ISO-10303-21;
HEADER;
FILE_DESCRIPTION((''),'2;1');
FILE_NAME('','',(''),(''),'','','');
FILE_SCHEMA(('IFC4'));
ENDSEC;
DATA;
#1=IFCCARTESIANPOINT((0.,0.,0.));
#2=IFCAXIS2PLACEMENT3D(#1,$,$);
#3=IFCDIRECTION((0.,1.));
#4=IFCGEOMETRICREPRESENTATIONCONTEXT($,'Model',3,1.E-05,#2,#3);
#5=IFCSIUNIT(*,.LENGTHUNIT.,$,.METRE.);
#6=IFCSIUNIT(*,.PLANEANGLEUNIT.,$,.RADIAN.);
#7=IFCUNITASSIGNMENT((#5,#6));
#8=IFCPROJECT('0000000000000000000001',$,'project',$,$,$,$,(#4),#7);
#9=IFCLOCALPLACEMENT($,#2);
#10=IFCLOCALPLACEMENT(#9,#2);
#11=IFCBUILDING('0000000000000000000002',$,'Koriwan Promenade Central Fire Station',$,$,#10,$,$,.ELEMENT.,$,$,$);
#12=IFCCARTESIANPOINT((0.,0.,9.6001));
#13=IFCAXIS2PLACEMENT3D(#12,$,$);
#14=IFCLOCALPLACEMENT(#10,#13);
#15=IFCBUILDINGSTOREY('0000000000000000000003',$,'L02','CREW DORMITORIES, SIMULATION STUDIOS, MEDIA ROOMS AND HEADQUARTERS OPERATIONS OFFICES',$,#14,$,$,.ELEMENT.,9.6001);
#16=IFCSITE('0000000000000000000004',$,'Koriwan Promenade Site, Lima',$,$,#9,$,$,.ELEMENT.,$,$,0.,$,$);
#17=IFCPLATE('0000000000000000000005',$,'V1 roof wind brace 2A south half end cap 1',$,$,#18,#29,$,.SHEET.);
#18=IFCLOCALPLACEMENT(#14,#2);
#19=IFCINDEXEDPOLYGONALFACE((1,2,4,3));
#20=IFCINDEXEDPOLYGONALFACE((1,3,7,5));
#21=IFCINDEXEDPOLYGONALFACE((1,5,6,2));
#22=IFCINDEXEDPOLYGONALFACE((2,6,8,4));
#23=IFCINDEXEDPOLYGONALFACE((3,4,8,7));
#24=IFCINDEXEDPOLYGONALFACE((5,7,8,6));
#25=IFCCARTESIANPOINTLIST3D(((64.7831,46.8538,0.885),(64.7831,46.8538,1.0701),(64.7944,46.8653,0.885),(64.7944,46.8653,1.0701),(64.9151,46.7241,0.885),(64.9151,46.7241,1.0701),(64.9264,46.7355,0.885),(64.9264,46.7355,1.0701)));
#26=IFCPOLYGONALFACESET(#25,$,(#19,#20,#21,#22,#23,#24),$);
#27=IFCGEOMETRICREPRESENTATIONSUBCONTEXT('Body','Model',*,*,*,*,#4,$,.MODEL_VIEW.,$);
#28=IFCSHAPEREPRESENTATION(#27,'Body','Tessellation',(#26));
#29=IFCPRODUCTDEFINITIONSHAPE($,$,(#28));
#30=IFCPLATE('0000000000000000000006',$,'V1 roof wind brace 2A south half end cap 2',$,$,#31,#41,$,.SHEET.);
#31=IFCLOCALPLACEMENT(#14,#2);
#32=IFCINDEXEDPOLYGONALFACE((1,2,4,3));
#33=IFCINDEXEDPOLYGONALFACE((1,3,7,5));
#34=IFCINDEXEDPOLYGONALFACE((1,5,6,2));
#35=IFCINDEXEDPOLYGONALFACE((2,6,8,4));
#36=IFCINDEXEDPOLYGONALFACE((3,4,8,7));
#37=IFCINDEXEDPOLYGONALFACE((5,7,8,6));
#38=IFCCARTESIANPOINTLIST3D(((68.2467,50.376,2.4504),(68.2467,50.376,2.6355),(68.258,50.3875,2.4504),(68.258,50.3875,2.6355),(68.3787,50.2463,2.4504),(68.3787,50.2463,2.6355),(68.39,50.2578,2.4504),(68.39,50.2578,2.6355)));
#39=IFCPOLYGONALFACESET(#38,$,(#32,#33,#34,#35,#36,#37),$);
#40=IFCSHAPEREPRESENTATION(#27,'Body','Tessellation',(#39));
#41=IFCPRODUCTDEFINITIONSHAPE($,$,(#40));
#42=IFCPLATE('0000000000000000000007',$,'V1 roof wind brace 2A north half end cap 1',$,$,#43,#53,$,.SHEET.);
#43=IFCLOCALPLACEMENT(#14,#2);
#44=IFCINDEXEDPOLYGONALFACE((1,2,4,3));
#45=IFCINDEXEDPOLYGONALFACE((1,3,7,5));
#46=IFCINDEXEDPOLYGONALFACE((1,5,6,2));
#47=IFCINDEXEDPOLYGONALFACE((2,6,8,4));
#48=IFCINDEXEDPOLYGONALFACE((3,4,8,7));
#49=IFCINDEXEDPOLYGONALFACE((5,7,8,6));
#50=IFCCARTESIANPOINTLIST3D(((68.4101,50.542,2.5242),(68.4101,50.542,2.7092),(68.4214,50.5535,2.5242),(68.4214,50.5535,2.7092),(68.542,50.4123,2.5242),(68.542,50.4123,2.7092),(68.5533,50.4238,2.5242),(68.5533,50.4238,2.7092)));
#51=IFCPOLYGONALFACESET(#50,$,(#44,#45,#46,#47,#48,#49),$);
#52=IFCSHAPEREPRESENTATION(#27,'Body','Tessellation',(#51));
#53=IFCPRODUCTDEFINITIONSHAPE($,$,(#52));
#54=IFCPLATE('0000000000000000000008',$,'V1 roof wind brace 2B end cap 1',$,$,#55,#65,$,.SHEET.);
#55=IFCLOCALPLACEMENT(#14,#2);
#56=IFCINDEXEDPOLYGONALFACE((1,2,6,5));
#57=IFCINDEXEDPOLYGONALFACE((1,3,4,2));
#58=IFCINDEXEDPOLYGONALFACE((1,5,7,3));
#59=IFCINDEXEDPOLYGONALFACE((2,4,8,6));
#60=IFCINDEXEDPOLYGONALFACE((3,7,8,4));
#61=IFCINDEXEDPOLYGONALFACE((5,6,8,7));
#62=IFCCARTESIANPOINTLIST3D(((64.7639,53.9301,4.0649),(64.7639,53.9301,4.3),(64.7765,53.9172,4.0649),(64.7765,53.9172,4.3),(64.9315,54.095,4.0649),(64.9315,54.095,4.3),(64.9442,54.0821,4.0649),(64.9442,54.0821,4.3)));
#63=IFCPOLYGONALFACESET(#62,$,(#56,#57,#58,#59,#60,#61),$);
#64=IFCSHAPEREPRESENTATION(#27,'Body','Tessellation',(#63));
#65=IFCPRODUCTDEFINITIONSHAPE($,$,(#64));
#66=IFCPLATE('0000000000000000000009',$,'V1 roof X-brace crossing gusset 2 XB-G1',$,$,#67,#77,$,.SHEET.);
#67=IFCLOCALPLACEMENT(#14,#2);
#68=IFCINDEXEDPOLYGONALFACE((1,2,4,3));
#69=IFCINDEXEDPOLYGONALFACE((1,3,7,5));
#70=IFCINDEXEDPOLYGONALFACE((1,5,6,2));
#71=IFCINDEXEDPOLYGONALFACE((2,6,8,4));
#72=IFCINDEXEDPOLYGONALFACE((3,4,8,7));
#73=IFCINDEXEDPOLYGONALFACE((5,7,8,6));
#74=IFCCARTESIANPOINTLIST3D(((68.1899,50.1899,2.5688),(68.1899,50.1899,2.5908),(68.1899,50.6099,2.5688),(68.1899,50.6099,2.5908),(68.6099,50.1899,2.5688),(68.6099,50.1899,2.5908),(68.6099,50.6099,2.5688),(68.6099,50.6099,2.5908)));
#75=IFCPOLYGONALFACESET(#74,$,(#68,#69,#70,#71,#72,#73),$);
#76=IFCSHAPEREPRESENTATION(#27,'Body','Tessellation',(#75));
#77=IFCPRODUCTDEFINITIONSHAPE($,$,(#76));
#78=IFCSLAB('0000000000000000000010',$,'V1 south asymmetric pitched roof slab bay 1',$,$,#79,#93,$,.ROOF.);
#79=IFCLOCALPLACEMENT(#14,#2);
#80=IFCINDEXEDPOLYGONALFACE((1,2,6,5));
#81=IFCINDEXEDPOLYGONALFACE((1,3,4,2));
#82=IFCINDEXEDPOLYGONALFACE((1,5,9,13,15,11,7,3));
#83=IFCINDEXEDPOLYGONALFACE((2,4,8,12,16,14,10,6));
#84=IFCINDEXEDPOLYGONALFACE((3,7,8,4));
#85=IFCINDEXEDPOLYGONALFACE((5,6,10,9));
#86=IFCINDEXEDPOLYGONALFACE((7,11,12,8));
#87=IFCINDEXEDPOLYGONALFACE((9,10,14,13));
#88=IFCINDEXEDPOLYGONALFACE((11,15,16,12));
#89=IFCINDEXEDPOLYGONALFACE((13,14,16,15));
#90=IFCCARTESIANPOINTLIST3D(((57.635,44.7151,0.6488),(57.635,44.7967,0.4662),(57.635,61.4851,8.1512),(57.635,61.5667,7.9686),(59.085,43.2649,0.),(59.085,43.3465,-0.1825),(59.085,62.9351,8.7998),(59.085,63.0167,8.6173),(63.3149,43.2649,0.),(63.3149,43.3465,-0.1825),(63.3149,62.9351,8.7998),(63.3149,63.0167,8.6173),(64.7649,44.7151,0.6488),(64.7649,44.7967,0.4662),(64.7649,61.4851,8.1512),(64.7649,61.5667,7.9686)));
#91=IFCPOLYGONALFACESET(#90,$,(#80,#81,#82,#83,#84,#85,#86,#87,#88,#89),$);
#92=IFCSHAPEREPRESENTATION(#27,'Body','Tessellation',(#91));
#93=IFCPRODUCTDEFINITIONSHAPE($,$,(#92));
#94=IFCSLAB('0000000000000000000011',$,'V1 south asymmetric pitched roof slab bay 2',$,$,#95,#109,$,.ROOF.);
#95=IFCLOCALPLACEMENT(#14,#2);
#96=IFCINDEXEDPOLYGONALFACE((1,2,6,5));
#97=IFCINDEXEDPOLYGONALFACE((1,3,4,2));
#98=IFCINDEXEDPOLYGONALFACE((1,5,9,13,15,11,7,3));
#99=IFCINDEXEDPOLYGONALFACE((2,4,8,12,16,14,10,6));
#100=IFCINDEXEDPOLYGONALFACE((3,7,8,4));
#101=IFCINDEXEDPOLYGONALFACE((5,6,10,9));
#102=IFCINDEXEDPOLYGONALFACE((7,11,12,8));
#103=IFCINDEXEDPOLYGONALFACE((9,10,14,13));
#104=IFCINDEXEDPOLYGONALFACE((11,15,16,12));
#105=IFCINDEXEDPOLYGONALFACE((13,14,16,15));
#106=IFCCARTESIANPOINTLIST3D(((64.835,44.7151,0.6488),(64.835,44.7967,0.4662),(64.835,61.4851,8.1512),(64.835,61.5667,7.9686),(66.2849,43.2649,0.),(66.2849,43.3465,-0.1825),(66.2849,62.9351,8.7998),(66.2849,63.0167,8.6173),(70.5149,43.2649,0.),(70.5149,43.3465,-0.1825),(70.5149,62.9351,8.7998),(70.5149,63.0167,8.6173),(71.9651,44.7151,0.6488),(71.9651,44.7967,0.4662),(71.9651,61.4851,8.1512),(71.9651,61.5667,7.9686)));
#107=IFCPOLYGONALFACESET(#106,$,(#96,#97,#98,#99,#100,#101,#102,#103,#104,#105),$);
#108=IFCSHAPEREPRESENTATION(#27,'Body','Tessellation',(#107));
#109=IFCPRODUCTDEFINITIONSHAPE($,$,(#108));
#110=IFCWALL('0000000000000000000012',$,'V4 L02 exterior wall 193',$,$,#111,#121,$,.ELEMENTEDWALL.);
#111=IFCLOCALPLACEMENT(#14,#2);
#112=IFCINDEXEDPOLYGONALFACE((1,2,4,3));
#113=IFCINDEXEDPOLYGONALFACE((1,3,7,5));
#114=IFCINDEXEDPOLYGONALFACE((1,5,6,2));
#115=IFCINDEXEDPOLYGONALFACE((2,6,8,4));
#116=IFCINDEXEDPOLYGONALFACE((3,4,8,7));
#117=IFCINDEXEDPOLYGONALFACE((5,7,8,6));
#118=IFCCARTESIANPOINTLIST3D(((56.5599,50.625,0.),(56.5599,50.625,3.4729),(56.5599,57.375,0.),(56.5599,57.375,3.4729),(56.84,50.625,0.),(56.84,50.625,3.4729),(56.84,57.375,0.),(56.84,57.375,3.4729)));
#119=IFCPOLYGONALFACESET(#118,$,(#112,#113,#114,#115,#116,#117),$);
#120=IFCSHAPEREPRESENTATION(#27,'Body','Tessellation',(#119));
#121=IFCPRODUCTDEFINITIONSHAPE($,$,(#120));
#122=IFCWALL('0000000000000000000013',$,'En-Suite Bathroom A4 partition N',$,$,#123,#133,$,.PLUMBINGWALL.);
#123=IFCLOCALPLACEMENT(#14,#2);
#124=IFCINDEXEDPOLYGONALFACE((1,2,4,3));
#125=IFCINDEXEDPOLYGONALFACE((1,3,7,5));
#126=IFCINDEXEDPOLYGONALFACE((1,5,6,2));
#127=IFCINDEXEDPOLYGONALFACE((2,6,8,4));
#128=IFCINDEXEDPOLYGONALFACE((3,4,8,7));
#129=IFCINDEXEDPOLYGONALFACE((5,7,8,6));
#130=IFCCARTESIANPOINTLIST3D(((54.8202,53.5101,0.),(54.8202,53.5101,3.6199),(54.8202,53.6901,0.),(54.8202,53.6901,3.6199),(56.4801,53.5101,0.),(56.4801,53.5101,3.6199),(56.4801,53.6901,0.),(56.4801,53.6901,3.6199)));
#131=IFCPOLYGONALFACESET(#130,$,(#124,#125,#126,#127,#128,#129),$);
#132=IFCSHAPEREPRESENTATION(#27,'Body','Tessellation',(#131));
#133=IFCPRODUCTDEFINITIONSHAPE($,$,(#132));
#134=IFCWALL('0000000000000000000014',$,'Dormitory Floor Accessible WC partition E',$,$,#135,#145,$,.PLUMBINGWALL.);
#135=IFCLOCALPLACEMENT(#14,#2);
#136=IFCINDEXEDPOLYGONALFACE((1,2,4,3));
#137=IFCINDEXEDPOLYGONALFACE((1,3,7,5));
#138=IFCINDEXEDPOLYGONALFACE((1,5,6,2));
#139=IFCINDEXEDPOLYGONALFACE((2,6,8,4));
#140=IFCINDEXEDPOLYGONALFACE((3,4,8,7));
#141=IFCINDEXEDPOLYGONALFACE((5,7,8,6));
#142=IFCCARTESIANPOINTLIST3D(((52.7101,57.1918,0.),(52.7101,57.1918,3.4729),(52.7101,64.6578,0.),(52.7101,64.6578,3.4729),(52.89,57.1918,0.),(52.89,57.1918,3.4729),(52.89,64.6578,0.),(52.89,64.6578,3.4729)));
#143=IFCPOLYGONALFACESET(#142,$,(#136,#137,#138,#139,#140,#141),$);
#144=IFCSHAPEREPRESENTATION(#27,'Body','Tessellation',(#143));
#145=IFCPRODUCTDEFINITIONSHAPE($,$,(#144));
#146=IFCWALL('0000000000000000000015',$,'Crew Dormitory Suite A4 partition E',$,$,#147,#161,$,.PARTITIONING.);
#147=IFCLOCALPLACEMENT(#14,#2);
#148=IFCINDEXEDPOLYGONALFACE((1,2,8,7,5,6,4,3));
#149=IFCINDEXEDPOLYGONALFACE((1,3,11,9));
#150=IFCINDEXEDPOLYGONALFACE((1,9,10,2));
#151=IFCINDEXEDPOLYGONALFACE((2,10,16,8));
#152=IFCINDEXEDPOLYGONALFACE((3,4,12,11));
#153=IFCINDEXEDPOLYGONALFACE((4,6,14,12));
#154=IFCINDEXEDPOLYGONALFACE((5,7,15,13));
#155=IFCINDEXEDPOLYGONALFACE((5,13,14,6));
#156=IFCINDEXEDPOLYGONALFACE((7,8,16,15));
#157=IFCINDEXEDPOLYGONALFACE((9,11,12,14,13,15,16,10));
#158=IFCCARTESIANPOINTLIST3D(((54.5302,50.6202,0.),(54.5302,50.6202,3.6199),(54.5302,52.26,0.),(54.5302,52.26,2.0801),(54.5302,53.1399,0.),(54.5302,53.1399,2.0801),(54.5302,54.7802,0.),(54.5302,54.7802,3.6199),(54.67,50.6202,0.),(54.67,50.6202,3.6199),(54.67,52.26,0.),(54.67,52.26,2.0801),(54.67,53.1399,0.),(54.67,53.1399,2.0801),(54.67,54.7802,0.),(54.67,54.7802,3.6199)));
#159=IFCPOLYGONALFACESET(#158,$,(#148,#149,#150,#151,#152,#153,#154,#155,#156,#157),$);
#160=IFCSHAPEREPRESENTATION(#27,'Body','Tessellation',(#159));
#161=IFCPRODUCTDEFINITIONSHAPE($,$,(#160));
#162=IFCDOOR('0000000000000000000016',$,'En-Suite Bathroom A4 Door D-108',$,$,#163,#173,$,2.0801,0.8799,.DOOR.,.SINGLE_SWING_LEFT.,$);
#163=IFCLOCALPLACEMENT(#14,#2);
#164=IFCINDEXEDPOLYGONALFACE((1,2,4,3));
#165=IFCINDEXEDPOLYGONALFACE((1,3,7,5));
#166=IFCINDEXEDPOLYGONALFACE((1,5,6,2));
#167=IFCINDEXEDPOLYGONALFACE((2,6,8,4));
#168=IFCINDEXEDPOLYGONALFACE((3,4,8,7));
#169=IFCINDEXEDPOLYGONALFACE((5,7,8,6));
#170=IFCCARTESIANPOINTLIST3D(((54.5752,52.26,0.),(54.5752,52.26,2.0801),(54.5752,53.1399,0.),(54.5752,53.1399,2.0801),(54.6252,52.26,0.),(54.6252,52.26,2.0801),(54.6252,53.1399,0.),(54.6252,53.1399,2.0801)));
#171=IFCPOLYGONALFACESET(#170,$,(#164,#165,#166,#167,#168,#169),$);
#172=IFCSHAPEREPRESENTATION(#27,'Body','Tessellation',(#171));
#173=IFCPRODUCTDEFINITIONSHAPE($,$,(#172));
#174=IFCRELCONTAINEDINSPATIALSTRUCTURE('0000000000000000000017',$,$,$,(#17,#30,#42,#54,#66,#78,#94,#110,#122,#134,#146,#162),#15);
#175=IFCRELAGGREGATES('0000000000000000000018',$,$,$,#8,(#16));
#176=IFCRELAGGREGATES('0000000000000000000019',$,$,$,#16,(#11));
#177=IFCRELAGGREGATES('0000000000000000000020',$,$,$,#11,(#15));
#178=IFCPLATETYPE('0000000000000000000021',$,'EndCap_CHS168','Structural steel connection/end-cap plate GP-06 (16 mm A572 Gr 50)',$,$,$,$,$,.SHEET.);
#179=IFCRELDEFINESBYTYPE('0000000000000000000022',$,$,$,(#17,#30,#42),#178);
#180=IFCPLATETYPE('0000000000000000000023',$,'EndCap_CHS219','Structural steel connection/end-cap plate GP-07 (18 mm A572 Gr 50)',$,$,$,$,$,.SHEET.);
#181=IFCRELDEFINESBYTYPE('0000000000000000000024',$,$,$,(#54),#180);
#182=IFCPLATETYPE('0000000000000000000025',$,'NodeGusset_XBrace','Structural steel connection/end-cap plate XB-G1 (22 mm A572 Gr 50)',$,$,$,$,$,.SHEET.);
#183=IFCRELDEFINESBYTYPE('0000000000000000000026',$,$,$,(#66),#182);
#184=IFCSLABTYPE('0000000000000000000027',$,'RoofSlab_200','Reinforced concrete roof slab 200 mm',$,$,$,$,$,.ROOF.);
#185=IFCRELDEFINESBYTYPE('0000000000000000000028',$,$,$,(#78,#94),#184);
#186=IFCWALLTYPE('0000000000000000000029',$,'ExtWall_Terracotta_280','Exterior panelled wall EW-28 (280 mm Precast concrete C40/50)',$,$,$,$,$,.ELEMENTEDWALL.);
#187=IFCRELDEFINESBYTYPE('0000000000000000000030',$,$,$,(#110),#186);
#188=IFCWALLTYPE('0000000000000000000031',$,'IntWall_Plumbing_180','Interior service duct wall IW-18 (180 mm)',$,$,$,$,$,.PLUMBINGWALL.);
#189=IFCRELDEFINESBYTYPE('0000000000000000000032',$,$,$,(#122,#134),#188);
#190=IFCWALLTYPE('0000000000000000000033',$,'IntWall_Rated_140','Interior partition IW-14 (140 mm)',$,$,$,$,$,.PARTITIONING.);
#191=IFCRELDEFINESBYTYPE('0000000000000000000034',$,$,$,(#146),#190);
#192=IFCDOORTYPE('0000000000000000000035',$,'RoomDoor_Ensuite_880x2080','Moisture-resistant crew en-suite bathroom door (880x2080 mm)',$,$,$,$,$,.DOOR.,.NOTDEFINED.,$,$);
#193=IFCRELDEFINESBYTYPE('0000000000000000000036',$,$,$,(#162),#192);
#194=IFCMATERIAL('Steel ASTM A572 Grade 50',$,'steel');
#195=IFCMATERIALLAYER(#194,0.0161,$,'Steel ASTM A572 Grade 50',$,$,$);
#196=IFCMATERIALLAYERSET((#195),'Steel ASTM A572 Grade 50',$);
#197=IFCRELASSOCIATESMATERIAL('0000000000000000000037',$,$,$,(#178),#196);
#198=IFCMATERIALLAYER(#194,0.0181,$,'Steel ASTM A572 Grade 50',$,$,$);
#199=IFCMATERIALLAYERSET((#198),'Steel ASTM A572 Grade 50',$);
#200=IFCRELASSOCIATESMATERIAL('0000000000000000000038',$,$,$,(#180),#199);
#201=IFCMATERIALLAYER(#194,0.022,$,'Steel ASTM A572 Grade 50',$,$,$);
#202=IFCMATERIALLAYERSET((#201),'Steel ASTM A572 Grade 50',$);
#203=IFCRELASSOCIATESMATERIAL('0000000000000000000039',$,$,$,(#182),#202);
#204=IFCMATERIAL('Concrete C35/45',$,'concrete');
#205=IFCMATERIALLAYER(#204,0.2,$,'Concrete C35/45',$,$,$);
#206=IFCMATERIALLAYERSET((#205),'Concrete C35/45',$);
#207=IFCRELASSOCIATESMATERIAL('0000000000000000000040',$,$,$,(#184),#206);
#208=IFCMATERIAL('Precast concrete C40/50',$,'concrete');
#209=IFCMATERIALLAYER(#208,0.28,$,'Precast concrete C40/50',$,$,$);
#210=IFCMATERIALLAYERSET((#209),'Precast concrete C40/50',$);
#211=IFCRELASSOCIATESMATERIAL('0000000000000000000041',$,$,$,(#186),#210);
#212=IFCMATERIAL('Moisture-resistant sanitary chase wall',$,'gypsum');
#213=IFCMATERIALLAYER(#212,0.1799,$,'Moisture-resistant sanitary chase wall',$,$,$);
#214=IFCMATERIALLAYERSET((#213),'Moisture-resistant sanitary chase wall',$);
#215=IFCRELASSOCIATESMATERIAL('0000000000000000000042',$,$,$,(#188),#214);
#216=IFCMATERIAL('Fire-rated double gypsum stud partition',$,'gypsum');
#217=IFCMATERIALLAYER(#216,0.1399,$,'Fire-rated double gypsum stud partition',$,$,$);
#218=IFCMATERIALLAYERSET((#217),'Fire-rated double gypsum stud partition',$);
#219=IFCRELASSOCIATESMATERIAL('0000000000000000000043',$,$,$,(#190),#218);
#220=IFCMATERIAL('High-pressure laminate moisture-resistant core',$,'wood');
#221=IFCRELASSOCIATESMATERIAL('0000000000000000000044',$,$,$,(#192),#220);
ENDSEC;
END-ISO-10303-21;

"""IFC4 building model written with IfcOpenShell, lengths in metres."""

from ifc_helpers import new_model, si_unit, direction, frame, frame_2d, origin, origin_2d, place, context, subcontext, project, spatial, polyline, rectangle, outline, extrude, material, layer, layer_set, type_object, element, fill, save


model = new_model("IFC4")

# Units and contexts
model_context = context("Model", 3, precision=1e-05, world=origin(), true_north=direction((0.0, 1.0)))
body_context = subcontext(model_context, "Body", "Model", "MODEL_VIEW")
ifc_project = project(units=[si_unit("LENGTHUNIT", "METRE"), si_unit("PLANEANGLEUNIT", "RADIAN")], contexts=[model_context])

# Site, building, storey
site_placement = place(None, origin())
site = spatial("IfcSite", under=ifc_project, at=site_placement, Name="Koriwan Promenade Site, Lima", CompositionType="ELEMENT", RefElevation=0.0)
building_placement = place(site_placement, origin())
building = spatial("IfcBuilding", under=site, at=building_placement, Name="Koriwan Promenade Central Fire Station", CompositionType="ELEMENT")
storey_placement = place(building_placement, frame((0.0, 0.0, 9.6001)))
storey = spatial("IfcBuildingStorey", under=building, at=storey_placement, Name="L02", Description="CREW DORMITORIES, SIMULATION STUDIOS, MEDIA ROOMS AND HEADQUARTERS OPERATIONS OFFICES", CompositionType="ELEMENT", Elevation=9.6001)

# Plates
ifc_material_1 = material(Name="Steel ASTM A572 Grade 50", Category="steel")
ifc_layer_1 = layer(ifc_material_1, 0.0161, Name="Steel ASTM A572 Grade 50")
ifc_layer_set_1 = layer_set([ifc_layer_1], Name="Steel ASTM A572 Grade 50")
plate_type_1 = type_object("IfcPlateType", Name="EndCap_CHS168", Description="Structural steel connection/end-cap plate GP-06 (16 mm A572 Gr 50)", PredefinedType="SHEET", material=ifc_layer_set_1)
for number, where, z_axis, x_axis, name in (
    (1, (64.8547, 46.7947, 0.885), (0.0, 0.0, 1.0), (0.701158, 0.713006, 0.0), "V1 roof wind brace 2A south half end cap 1"),
    (2, (68.3184, 50.3169, 2.4504), (0.0, 0.0, 1.0), (0.701158, 0.713006, 0.0), "V1 roof wind brace 2A south half end cap 2"),
    (3, (68.4817, 50.4829, 2.5242), (0.0, 0.0, 1.0), (0.701158, 0.713006, 0.0), "V1 roof wind brace 2A north half end cap 1"),
):
    element("IfcPlate", number, at=place(storey_placement, frame(where, z_axis=z_axis, x_axis=x_axis)), inside=storey, type_object=plate_type_1, Name=name, PredefinedType="SHEET", context=body_context, shape_type="SweptSolid", body=[
        extrude(rectangle(XDim=0.0161, YDim=0.1851, at=origin_2d()), origin(), (0.0, 0.0, 1.0), 0.1851),
    ])
ifc_layer_2 = layer(ifc_material_1, 0.0181, Name="Steel ASTM A572 Grade 50")
ifc_layer_set_2 = layer_set([ifc_layer_2], Name="Steel ASTM A572 Grade 50")
plate_type_2 = type_object("IfcPlateType", Name="EndCap_CHS219", Description="Structural steel connection/end-cap plate GP-07 (18 mm A572 Gr 50)", PredefinedType="SHEET", material=ifc_layer_set_2)
plate_1_placement = place(storey_placement, frame((64.854, 54.0061, 4.0649), z_axis=(0.0, 0.0, 1.0), x_axis=(0.701158, -0.713006, 0.0)))
element("IfcPlate", 4, at=plate_1_placement, inside=storey, type_object=plate_type_2, Name="V1 roof wind brace 2B end cap 1", PredefinedType="SHEET", context=body_context, shape_type="SweptSolid", body=[
    extrude(rectangle(XDim=0.0181, YDim=0.2351, at=origin_2d()), origin(), (0.0, 0.0, 1.0), 0.2351),
])
ifc_layer_3 = layer(ifc_material_1, 0.022, Name="Steel ASTM A572 Grade 50")
ifc_layer_set_3 = layer_set([ifc_layer_3], Name="Steel ASTM A572 Grade 50")
plate_type_3 = type_object("IfcPlateType", Name="NodeGusset_XBrace", Description="Structural steel connection/end-cap plate XB-G1 (22 mm A572 Gr 50)", PredefinedType="SHEET", material=ifc_layer_set_3)
plate_2_placement = place(storey_placement, frame((68.3999, 50.3999, 2.5688), z_axis=(0.0, 0.0, 1.0), x_axis=(1.0, 0.0, 0.0)))
element("IfcPlate", 5, at=plate_2_placement, inside=storey, type_object=plate_type_3, Name="V1 roof X-brace crossing gusset 2 XB-G1", PredefinedType="SHEET", context=body_context, shape_type="SweptSolid", body=[
    extrude(rectangle(XDim=0.4199, YDim=0.4199, at=origin_2d()), origin(), (0.0, 0.0, 1.0), 0.022),
])

# Slabs
ifc_material_2 = material(Name="Concrete C35/45", Category="concrete")
ifc_layer_4 = layer(ifc_material_2, 0.2, Name="Concrete C35/45")
ifc_layer_set_4 = layer_set([ifc_layer_4], Name="Concrete C35/45")
slab_type = type_object("IfcSlabType", Name="RoofSlab_200", Description="Reinforced concrete roof slab 200 mm", PredefinedType="ROOF", material=ifc_layer_set_4)
slab_1_placement = place(storey_placement, frame((59.085, 43.2649, 0.0), z_axis=(0.0, -0.408366, 0.912818), x_axis=(1.0, 0.0, 0.0)))
element("IfcSlab", 6, at=slab_1_placement, inside=storey, type_object=slab_type, Name="V1 south asymmetric pitched roof slab bay 1", PredefinedType="ROOF", context=body_context, shape_type="SweptSolid", body=[
    extrude(outline(polyline([(0.0, 0.0), (4.23, 0.0), (5.6799, 1.5887), (5.6799, 19.9604), (4.23, 21.5488), (0.0, 21.5488), (-1.45, 19.9604), (-1.45, 1.5887), (0.0, 0.0)])), origin(), (0.0, 0.0, -1.0), 0.2),
])
slab_2_placement = place(storey_placement, frame((66.2849, 43.2649, 0.0), z_axis=(0.0, -0.408366, 0.912818), x_axis=(1.0, 0.0, 0.0)))
element("IfcSlab", 7, at=slab_2_placement, inside=storey, type_object=slab_type, Name="V1 south asymmetric pitched roof slab bay 2", PredefinedType="ROOF", context=body_context, shape_type="SweptSolid", body=[
    extrude(outline(polyline([(0.0, 0.0), (4.23, 0.0), (5.6802, 1.5887), (5.6802, 19.9604), (4.23, 21.5488), (0.0, 21.5488), (-1.45, 19.9604), (-1.45, 1.5887), (0.0, 0.0)])), origin(), (0.0, 0.0, -1.0), 0.2),
])

# Walls
ifc_material_3 = material(Name="Precast concrete C40/50", Category="concrete")
ifc_layer_5 = layer(ifc_material_3, 0.28, Name="Precast concrete C40/50")
ifc_layer_set_5 = layer_set([ifc_layer_5], Name="Precast concrete C40/50")
wall_type_1 = type_object("IfcWallType", Name="ExtWall_Terracotta_280", Description="Exterior panelled wall EW-28 (280 mm Precast concrete C40/50)", PredefinedType="ELEMENTEDWALL", material=ifc_layer_set_5)
wall_1_placement = place(storey_placement, frame((56.7, 50.625, 0.0), z_axis=(0.0, 0.0, 1.0), x_axis=(0.0, 1.0, 0.0)))
element("IfcWall", 8, at=wall_1_placement, inside=storey, type_object=wall_type_1, Name="V4 L02 exterior wall 193", PredefinedType="ELEMENTEDWALL", context=body_context, shape_type="SweptSolid", body=[
    extrude(rectangle(XDim=6.75, YDim=0.28, at=frame_2d((3.375, 0.0))), origin(), (0.0, 0.0, 1.0), 3.4729),
])
ifc_material_4 = material(Name="Moisture-resistant sanitary chase wall", Category="gypsum")
ifc_layer_6 = layer(ifc_material_4, 0.1799, Name="Moisture-resistant sanitary chase wall")
ifc_layer_set_6 = layer_set([ifc_layer_6], Name="Moisture-resistant sanitary chase wall")
wall_type_2 = type_object("IfcWallType", Name="IntWall_Plumbing_180", Description="Interior service duct wall IW-18 (180 mm)", PredefinedType="PLUMBINGWALL", material=ifc_layer_set_6)
wall_2_placement = place(storey_placement, frame((54.8201, 53.6001, 0.0), z_axis=(0.0, 0.0, 1.0), x_axis=(1.0, 0.0, 0.0)))
element("IfcWall", 9, at=wall_2_placement, inside=storey, type_object=wall_type_2, Name="En-Suite Bathroom A4 partition N", PredefinedType="PLUMBINGWALL", context=body_context, shape_type="SweptSolid", body=[
    extrude(rectangle(XDim=1.6599, YDim=0.1799, at=frame_2d((0.8301, 0.0))), origin(), (0.0, 0.0, 1.0), 3.6199),
])
wall_3_placement = place(storey_placement, frame((52.8, 57.1919, 0.0), z_axis=(0.0, 0.0, 1.0), x_axis=(0.0, 1.0, 0.0)))
element("IfcWall", 10, at=wall_3_placement, inside=storey, type_object=wall_type_2, Name="Dormitory Floor Accessible WC partition E", PredefinedType="PLUMBINGWALL", context=body_context, shape_type="SweptSolid", body=[
    extrude(rectangle(XDim=7.4661, YDim=0.1799, at=frame_2d((3.7329, 0.0))), origin(), (0.0, 0.0, 1.0), 3.4729),
])

# Wall, opening, door
ifc_material_5 = material(Name="Fire-rated double gypsum stud partition", Category="gypsum")
ifc_layer_7 = layer(ifc_material_5, 0.1399, Name="Fire-rated double gypsum stud partition")
ifc_layer_set_7 = layer_set([ifc_layer_7], Name="Fire-rated double gypsum stud partition")
wall_type_3 = type_object("IfcWallType", Name="IntWall_Rated_140", Description="Interior partition IW-14 (140 mm)", PredefinedType="PARTITIONING", material=ifc_layer_set_7)
wall_4_placement = place(storey_placement, frame((54.6001, 50.6201, 0.0), z_axis=(0.0, 0.0, 1.0), x_axis=(0.0, 1.0, 0.0)))
wall_4 = element("IfcWall", 11, at=wall_4_placement, inside=storey, type_object=wall_type_3, Name="Crew Dormitory Suite A4 partition E", PredefinedType="PARTITIONING", context=body_context, shape_type="SweptSolid", body=[
    extrude(rectangle(XDim=4.1599, YDim=0.1399, at=frame_2d((2.0801, 0.0))), origin(), (0.0, 0.0, 1.0), 3.6199),
])
opening_placement = place(wall_4_placement, frame((1.6399, 0.0, 0.0)))
opening = element("IfcOpeningElement", 12, at=opening_placement, cuts=wall_4, PredefinedType="OPENING", context=body_context, shape_type="SweptSolid", body=[
    extrude(rectangle(XDim=0.8799, YDim=2.0801, at=frame_2d((0.4399, 1.04))), frame((0.0, 0.082, 0.0), z_axis=(0.0, -1.0, 0.0), x_axis=(1.0, 0.0, 0.0)), (0.0, 0.0, 1.0), 0.1638),
])
ifc_material_6 = material(Name="High-pressure laminate moisture-resistant core", Category="wood")
door_type = type_object("IfcDoorType", Name="RoomDoor_Ensuite_880x2080", Description="Moisture-resistant crew en-suite bathroom door (880x2080 mm)", OperationType="NOTDEFINED", PredefinedType="DOOR", material=ifc_material_6)
door_placement = place(opening_placement, origin())
door = element("IfcDoor", 13, at=door_placement, inside=storey, type_object=door_type, Name="En-Suite Bathroom A4 Door D-108", OperationType="SINGLE_SWING_LEFT", OverallHeight=2.0801, OverallWidth=0.8799, PredefinedType="DOOR", context=body_context, shape_type="SweptSolid", body=[
    extrude(rectangle(XDim=0.8799, YDim=2.0801, at=frame_2d((0.4399, 1.04))), frame((0.0, 0.0249, 0.0), z_axis=(0.0, -1.0, 0.0), x_axis=(1.0, 0.0, 0.0)), (0.0, 0.0, 1.0), 0.05),
])
fill(opening, door)

save(model, "model.ifc")
